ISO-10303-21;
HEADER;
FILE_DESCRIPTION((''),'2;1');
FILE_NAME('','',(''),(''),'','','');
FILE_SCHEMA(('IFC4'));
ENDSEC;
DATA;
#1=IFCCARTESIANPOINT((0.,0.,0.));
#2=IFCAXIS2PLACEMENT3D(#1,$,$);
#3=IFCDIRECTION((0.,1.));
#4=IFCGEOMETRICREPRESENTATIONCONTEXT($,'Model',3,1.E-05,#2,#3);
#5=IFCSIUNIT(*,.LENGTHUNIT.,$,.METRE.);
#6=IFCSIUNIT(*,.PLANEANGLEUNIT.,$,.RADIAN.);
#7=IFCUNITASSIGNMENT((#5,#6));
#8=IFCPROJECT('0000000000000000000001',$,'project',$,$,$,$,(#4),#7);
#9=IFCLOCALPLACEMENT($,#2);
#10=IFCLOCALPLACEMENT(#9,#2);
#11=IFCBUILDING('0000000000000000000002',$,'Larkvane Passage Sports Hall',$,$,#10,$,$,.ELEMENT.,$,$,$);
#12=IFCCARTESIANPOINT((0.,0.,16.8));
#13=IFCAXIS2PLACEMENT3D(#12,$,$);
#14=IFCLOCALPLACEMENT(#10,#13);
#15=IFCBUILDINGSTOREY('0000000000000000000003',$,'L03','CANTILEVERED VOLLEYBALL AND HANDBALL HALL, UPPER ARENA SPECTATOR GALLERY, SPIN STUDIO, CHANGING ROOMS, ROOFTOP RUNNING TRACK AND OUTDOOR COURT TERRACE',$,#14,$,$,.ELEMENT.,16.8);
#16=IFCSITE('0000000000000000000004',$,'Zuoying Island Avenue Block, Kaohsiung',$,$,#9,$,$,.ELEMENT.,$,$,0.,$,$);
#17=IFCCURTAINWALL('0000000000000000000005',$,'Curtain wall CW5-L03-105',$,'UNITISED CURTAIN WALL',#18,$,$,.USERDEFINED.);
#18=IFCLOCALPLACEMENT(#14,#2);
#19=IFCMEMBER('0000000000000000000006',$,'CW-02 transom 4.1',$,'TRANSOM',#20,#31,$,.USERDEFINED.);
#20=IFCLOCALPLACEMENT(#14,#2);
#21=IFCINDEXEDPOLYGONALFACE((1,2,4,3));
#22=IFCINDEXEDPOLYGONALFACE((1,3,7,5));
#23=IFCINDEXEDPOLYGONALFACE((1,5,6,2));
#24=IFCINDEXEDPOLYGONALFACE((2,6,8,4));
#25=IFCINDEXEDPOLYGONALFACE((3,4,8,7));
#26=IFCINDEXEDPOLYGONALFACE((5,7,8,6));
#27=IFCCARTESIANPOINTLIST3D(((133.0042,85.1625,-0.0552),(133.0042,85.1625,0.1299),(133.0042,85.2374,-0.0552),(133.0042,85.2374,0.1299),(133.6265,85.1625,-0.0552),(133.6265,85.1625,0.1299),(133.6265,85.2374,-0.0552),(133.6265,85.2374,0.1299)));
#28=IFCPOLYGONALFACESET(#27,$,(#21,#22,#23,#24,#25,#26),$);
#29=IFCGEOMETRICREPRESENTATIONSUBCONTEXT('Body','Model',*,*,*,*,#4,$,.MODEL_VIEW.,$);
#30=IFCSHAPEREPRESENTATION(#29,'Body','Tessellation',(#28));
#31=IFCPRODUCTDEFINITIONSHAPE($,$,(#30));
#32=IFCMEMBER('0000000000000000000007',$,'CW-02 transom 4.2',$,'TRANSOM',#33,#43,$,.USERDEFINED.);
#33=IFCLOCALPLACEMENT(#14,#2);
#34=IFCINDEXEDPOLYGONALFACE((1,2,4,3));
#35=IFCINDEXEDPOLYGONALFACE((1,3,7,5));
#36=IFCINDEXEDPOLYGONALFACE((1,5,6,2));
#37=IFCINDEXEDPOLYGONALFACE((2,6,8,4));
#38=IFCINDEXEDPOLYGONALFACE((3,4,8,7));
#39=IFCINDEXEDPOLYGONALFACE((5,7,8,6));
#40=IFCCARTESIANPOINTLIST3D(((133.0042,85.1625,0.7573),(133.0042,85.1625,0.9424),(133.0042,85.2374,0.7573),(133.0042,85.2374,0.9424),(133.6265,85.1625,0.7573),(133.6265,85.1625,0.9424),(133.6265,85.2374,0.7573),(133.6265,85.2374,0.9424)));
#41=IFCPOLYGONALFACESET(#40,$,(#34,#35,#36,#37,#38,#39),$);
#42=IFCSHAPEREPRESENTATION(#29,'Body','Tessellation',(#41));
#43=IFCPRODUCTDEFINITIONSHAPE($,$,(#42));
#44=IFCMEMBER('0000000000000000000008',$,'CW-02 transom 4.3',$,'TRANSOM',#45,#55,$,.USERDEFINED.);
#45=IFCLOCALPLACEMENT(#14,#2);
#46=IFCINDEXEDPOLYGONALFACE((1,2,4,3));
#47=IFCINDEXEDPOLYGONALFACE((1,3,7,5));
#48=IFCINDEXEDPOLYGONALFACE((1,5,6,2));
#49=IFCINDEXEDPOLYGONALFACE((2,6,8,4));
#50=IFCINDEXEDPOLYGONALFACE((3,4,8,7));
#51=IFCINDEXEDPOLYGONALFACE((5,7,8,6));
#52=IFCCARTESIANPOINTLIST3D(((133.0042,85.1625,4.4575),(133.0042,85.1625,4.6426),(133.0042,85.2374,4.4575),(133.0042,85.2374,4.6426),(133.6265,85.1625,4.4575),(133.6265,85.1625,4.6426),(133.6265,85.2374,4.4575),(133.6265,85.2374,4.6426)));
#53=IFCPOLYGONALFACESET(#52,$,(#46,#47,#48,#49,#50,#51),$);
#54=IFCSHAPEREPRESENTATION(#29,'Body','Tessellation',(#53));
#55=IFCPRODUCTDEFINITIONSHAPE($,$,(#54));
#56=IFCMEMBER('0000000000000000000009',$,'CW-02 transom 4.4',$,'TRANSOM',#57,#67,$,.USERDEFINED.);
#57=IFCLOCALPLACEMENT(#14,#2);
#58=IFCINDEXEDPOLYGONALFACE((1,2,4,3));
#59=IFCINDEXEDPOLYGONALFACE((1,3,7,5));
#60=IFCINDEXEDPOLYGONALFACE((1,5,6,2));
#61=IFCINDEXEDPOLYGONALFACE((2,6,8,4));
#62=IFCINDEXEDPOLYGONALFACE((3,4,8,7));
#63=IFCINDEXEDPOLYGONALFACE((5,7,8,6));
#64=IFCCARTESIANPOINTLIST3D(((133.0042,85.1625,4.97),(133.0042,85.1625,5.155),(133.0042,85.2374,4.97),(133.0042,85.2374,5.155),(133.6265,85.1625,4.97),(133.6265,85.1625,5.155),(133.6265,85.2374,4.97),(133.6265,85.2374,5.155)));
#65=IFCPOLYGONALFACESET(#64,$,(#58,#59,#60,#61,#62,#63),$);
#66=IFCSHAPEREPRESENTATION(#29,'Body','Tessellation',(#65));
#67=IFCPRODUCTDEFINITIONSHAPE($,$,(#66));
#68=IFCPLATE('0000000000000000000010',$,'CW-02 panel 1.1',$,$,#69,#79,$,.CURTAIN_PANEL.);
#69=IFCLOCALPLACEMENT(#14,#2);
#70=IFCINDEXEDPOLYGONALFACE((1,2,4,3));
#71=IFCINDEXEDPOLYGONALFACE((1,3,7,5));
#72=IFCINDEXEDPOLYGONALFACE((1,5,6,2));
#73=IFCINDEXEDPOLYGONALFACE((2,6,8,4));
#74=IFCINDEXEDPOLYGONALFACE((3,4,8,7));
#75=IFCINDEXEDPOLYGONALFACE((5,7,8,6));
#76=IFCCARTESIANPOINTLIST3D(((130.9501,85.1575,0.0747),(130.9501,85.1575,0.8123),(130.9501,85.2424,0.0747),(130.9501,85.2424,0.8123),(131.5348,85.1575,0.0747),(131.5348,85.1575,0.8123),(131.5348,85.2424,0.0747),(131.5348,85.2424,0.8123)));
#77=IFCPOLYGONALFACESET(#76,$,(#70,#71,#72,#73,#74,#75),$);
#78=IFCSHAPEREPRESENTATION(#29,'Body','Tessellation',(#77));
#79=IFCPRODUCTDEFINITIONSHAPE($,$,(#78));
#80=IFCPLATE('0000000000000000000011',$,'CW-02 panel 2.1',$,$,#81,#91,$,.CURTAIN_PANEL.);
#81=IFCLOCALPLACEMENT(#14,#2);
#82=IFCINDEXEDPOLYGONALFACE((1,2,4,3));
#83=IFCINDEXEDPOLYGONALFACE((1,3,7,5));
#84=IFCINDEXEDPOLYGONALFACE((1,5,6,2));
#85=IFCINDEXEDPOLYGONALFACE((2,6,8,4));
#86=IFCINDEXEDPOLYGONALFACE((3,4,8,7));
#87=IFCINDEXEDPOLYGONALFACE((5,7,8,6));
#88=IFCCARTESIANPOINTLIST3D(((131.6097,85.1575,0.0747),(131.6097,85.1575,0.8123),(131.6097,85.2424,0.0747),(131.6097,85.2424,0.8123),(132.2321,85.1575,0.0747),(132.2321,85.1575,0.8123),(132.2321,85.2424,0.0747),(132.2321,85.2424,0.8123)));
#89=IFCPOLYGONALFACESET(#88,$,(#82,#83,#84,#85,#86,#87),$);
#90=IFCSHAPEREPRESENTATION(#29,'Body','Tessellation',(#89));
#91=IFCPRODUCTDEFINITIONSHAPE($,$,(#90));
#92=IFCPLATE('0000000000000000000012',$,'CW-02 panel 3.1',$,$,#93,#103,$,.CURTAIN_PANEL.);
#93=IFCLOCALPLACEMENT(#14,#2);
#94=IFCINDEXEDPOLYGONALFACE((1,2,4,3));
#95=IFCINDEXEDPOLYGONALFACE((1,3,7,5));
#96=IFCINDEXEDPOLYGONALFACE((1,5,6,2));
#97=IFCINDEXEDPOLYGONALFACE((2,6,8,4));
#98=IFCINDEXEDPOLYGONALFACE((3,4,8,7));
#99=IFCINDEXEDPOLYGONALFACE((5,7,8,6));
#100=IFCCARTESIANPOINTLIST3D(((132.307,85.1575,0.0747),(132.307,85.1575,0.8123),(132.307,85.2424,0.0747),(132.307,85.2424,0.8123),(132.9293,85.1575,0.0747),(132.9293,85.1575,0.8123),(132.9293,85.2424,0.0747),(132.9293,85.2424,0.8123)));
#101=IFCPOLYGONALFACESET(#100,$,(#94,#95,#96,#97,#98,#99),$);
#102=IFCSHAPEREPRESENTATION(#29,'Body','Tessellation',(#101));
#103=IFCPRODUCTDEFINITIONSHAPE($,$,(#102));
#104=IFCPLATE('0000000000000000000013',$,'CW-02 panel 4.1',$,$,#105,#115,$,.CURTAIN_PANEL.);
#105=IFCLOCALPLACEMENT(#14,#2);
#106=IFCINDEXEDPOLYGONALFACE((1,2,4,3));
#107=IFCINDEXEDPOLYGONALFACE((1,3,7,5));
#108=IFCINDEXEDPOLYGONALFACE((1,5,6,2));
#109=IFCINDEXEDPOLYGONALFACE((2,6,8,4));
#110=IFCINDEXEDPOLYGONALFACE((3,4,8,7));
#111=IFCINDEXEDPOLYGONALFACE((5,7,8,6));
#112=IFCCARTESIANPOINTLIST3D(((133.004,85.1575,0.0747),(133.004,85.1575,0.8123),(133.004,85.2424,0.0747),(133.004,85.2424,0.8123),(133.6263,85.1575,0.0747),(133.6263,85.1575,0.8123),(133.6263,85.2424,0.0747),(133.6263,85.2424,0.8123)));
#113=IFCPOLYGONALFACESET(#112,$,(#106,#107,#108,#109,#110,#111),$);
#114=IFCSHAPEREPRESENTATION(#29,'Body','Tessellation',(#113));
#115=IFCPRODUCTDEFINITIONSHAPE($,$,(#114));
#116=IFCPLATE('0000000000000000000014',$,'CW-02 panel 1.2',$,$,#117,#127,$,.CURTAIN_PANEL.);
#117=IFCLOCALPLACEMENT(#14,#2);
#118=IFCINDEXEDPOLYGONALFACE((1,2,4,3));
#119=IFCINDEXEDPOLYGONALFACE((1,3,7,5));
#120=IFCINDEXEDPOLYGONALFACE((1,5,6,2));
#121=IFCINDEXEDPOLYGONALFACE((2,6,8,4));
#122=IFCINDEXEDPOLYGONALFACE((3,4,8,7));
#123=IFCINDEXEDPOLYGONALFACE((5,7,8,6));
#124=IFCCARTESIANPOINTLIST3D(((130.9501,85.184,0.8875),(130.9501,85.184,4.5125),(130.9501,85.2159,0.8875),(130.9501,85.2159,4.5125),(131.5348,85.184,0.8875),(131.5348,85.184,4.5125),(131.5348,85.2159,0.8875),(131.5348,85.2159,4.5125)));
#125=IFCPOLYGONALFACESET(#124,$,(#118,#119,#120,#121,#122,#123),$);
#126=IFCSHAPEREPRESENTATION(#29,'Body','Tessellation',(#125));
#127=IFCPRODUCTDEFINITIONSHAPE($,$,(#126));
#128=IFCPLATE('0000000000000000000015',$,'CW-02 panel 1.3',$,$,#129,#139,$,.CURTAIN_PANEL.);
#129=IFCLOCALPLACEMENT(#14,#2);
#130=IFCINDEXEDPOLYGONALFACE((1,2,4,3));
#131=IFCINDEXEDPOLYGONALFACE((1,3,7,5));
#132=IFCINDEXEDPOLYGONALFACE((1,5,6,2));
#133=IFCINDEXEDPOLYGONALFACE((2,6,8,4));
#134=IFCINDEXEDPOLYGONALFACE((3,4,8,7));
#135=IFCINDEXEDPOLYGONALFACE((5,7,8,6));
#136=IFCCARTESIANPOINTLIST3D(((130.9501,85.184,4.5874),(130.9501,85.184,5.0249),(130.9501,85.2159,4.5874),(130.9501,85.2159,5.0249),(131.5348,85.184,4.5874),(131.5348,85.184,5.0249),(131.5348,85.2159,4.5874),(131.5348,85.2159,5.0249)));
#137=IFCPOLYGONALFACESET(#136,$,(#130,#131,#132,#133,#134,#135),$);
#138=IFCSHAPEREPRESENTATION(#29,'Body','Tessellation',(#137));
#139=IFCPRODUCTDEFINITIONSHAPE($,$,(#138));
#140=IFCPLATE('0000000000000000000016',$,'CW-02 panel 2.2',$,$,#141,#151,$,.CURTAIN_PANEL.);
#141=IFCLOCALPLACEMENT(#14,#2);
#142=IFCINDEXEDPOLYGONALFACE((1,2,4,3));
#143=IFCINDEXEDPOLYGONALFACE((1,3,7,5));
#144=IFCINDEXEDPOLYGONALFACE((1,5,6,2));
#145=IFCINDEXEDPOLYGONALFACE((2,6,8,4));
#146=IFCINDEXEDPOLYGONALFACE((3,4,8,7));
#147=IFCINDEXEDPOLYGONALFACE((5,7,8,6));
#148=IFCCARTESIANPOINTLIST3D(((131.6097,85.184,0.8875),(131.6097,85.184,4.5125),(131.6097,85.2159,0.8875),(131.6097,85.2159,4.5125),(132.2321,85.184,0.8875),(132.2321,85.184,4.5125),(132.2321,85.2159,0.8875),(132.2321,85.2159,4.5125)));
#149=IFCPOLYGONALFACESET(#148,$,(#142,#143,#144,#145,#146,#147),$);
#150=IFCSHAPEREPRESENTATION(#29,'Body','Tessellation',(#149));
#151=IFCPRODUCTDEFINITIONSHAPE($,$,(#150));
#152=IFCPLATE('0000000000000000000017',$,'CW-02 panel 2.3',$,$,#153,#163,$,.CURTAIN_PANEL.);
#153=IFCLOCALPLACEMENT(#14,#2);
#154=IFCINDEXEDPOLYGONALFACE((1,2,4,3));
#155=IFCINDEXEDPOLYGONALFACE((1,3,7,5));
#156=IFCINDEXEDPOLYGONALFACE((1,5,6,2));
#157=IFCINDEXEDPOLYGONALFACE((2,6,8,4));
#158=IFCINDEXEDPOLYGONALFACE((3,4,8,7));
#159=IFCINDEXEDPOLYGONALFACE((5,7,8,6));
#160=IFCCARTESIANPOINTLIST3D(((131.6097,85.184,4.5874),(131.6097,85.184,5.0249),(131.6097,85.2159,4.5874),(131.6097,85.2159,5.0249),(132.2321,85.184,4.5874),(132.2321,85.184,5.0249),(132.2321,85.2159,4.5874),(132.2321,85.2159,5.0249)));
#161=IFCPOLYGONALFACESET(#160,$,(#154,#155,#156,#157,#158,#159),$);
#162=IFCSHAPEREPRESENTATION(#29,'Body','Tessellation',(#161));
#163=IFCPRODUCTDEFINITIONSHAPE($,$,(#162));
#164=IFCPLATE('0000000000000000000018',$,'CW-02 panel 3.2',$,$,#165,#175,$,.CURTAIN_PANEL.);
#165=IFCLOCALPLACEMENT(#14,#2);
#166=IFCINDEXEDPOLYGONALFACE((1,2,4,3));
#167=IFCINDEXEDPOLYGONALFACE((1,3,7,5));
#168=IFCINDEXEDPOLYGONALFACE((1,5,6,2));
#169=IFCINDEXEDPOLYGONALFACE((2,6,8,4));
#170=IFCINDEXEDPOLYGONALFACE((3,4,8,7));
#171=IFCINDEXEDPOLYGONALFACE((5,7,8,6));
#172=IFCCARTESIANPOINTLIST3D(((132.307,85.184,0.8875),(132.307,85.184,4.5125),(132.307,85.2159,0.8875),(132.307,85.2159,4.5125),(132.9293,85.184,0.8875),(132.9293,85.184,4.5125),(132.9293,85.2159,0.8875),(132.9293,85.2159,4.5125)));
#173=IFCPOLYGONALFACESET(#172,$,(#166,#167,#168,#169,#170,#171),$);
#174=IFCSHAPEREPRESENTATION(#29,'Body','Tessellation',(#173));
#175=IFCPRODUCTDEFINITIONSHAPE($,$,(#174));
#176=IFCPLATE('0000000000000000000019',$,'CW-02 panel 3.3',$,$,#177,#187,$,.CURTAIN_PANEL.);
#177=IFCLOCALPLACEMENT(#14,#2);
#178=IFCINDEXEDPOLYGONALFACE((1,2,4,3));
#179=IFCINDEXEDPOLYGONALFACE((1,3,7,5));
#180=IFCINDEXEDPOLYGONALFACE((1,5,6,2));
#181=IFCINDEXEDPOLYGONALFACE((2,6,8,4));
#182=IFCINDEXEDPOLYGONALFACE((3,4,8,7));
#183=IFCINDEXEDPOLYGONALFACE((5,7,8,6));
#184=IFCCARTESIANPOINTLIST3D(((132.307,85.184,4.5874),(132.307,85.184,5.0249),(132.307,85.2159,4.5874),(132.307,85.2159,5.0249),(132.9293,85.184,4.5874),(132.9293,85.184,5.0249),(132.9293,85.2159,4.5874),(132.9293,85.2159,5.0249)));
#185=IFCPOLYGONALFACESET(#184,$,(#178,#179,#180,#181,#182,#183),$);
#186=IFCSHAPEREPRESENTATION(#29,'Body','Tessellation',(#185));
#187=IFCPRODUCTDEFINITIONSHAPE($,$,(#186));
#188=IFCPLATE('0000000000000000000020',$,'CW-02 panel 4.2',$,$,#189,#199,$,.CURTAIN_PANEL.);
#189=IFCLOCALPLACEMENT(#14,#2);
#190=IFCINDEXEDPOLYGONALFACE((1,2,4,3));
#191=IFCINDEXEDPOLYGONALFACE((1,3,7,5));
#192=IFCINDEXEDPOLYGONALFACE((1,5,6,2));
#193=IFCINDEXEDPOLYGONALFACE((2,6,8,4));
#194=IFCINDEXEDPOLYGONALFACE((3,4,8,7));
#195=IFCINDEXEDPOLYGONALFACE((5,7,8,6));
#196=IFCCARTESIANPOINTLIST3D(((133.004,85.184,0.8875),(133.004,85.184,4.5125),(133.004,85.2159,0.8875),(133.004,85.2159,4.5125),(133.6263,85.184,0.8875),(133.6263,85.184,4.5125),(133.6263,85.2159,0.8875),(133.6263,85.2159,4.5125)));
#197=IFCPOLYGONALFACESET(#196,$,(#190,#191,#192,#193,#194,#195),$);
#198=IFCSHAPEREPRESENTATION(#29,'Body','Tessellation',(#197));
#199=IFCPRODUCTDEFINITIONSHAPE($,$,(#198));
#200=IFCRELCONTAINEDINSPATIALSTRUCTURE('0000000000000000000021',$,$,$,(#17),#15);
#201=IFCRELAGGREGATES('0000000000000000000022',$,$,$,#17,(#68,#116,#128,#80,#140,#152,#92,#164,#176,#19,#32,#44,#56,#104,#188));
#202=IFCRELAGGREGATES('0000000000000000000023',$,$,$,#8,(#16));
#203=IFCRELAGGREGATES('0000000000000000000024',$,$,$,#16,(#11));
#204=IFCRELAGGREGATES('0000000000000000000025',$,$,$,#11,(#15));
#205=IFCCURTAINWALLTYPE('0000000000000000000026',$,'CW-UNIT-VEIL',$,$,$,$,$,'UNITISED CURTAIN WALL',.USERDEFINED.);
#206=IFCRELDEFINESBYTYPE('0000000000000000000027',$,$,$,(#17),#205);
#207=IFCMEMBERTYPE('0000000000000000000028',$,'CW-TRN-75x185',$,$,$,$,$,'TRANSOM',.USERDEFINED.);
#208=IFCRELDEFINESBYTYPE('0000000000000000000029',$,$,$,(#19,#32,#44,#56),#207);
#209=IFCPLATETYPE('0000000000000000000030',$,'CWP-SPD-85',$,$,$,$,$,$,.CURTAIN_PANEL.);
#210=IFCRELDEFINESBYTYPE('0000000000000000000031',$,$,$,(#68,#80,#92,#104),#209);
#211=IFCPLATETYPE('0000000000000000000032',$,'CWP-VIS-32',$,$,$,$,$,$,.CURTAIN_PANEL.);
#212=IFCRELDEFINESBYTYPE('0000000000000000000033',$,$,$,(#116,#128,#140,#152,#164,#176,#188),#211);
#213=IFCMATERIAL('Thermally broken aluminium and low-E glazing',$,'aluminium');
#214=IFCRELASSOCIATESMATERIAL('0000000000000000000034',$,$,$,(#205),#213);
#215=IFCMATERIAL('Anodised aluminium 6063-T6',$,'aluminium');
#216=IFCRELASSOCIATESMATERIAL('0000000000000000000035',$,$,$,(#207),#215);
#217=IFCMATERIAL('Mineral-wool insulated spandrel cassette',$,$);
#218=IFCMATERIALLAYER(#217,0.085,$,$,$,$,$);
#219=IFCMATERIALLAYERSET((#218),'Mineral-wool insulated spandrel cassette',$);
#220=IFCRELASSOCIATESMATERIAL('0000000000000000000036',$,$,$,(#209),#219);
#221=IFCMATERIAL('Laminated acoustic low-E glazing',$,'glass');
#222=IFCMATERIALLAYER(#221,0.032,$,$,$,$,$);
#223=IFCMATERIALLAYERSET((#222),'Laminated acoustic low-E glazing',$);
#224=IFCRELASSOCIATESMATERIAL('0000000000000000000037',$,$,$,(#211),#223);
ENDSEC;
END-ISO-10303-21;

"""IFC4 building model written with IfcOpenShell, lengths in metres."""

from ifc_helpers import new_model, si_unit, direction, frame, origin, origin_2d, place, context, subcontext, project, spatial, rectangle, extrude, material, layer, layer_set, material_profile, profile_set, type_object, element, aggregate, save


model = new_model("IFC4")

# Units and contexts
model_context = context("Model", 3, precision=1e-05, world=origin(), true_north=direction((0.0, 1.0)))
body_context = subcontext(model_context, "Body", "Model", "MODEL_VIEW")
ifc_project = project(units=[si_unit("LENGTHUNIT", "METRE"), si_unit("PLANEANGLEUNIT", "RADIAN")], contexts=[model_context])

# Site, building, storey
site_placement = place(None, origin())
site = spatial("IfcSite", under=ifc_project, at=site_placement, Name="Zuoying Island Avenue Block, Kaohsiung", CompositionType="ELEMENT", RefElevation=0.0)
building_placement = place(site_placement, origin())
building = spatial("IfcBuilding", under=site, at=building_placement, Name="Larkvane Passage Sports Hall", CompositionType="ELEMENT")
storey_placement = place(building_placement, frame((0.0, 0.0, 16.8)))
storey = spatial("IfcBuildingStorey", under=building, at=storey_placement, Name="L03", Description="CANTILEVERED VOLLEYBALL AND HANDBALL HALL, UPPER ARENA SPECTATOR GALLERY, SPIN STUDIO, CHANGING ROOMS, ROOFTOP RUNNING TRACK AND OUTDOOR COURT TERRACE", CompositionType="ELEMENT", Elevation=16.8)

# Curtain wall, members, plates
ifc_material_1 = material(Name="Thermally broken aluminium and low-E glazing", Category="aluminium")
curtain_wall_type = type_object("IfcCurtainWallType", Name="CW-UNIT-VEIL", ElementType="UNITISED CURTAIN WALL", PredefinedType="USERDEFINED", material=ifc_material_1)
curtain_wall_placement = place(storey_placement, origin())
curtain_wall = element("IfcCurtainWall", 1, at=curtain_wall_placement, inside=storey, type_object=curtain_wall_type, Name="Curtain wall CW5-L03-105", ObjectType="UNITISED CURTAIN WALL", PredefinedType="USERDEFINED")
ifc_material_2 = material(Name="Anodised aluminium 6063-T6", Category="aluminium")
ifc_material_profile_1 = material_profile(ifc_material_2, rectangle(XDim=0.075, YDim=0.1851, at=origin_2d()), Name="ALU-TRN-75x185")
ifc_profile_set_1 = profile_set([ifc_material_profile_1], Name="Anodised aluminium 6063-T6")
member_type_1 = type_object("IfcMemberType", Name="CW-TRN-75x185", ElementType="TRANSOM", PredefinedType="USERDEFINED", material=ifc_profile_set_1)
member_1_placement = place(storey_placement, frame((133.0042, 85.2, 0.0374), z_axis=(1.0, 0.0, 0.0), x_axis=(0.0, 1.0, 0.0)))
member_1 = element("IfcMember", 2, at=member_1_placement, type_object=member_type_1, Name="CW-02 transom 4.1", ObjectType="TRANSOM", PredefinedType="USERDEFINED", context=body_context, shape_type="SweptSolid", body=[
    extrude(rectangle(XDim=0.075, YDim=0.1851, at=origin_2d()), origin(), (0.0, 0.0, 1.0), 0.6223),
])
member_2_placement = place(storey_placement, frame((133.0042, 85.2, 0.8499), z_axis=(1.0, 0.0, 0.0), x_axis=(0.0, 1.0, 0.0)))
member_2 = element("IfcMember", 3, at=member_2_placement, type_object=member_type_1, Name="CW-02 transom 4.2", ObjectType="TRANSOM", PredefinedType="USERDEFINED", context=body_context, shape_type="SweptSolid", body=[
    extrude(rectangle(XDim=0.075, YDim=0.1851, at=origin_2d()), origin(), (0.0, 0.0, 1.0), 0.6223),
])
member_3_placement = place(storey_placement, frame((133.0042, 85.2, 4.55), z_axis=(1.0, 0.0, 0.0), x_axis=(0.0, 1.0, 0.0)))
member_3 = element("IfcMember", 4, at=member_3_placement, type_object=member_type_1, Name="CW-02 transom 4.3", ObjectType="TRANSOM", PredefinedType="USERDEFINED", context=body_context, shape_type="SweptSolid", body=[
    extrude(rectangle(XDim=0.075, YDim=0.1851, at=origin_2d()), origin(), (0.0, 0.0, 1.0), 0.6223),
])
member_4_placement = place(storey_placement, frame((133.0042, 85.2, 5.0625), z_axis=(1.0, 0.0, 0.0), x_axis=(0.0, 1.0, 0.0)))
member_4 = element("IfcMember", 5, at=member_4_placement, type_object=member_type_1, Name="CW-02 transom 4.4", ObjectType="TRANSOM", PredefinedType="USERDEFINED", context=body_context, shape_type="SweptSolid", body=[
    extrude(rectangle(XDim=0.075, YDim=0.1851, at=origin_2d()), origin(), (0.0, 0.0, 1.0), 0.6223),
])
ifc_material_3 = material(Name="Mineral-wool insulated spandrel cassette")
ifc_layer_1 = layer(ifc_material_3, 0.085)
ifc_layer_set_1 = layer_set([ifc_layer_1], Name="Mineral-wool insulated spandrel cassette")
plate_type_1 = type_object("IfcPlateType", Name="CWP-SPD-85", PredefinedType="CURTAIN_PANEL", material=ifc_layer_set_1)
plate_1_placement = place(storey_placement, frame((131.2424, 85.2, 0.0747), z_axis=(0.0, 0.0, 1.0), x_axis=(1.0, 0.0, 0.0)))
plate_1 = element("IfcPlate", 6, at=plate_1_placement, type_object=plate_type_1, Name="CW-02 panel 1.1", PredefinedType="CURTAIN_PANEL", context=body_context, shape_type="SweptSolid", body=[
    extrude(rectangle(XDim=0.5847, YDim=0.085, at=origin_2d()), origin(), (0.0, 0.0, 1.0), 0.7375),
])
plate_2_placement = place(storey_placement, frame((131.9209, 85.2, 0.0747), z_axis=(0.0, 0.0, 1.0), x_axis=(1.0, 0.0, 0.0)))
plate_2 = element("IfcPlate", 7, at=plate_2_placement, type_object=plate_type_1, Name="CW-02 panel 2.1", PredefinedType="CURTAIN_PANEL", context=body_context, shape_type="SweptSolid", body=[
    extrude(rectangle(XDim=0.6223, YDim=0.085, at=origin_2d()), origin(), (0.0, 0.0, 1.0), 0.7375),
])
plate_3_placement = place(storey_placement, frame((132.6182, 85.2, 0.0747), z_axis=(0.0, 0.0, 1.0), x_axis=(1.0, 0.0, 0.0)))
plate_3 = element("IfcPlate", 8, at=plate_3_placement, type_object=plate_type_1, Name="CW-02 panel 3.1", PredefinedType="CURTAIN_PANEL", context=body_context, shape_type="SweptSolid", body=[
    extrude(rectangle(XDim=0.6223, YDim=0.085, at=origin_2d()), origin(), (0.0, 0.0, 1.0), 0.7375),
])
plate_4_placement = place(storey_placement, frame((133.3152, 85.2, 0.0747), z_axis=(0.0, 0.0, 1.0), x_axis=(1.0, 0.0, 0.0)))
plate_4 = element("IfcPlate", 9, at=plate_4_placement, type_object=plate_type_1, Name="CW-02 panel 4.1", PredefinedType="CURTAIN_PANEL", context=body_context, shape_type="SweptSolid", body=[
    extrude(rectangle(XDim=0.6223, YDim=0.085, at=origin_2d()), origin(), (0.0, 0.0, 1.0), 0.7375),
])
ifc_material_4 = material(Name="Laminated acoustic low-E glazing", Category="glass")
ifc_layer_2 = layer(ifc_material_4, 0.032)
ifc_layer_set_2 = layer_set([ifc_layer_2], Name="Laminated acoustic low-E glazing")
plate_type_2 = type_object("IfcPlateType", Name="CWP-VIS-32", PredefinedType="CURTAIN_PANEL", material=ifc_layer_set_2)
plate_5_placement = place(storey_placement, frame((131.2424, 85.2, 0.8875), z_axis=(0.0, 0.0, 1.0), x_axis=(1.0, 0.0, 0.0)))
plate_5 = element("IfcPlate", 10, at=plate_5_placement, type_object=plate_type_2, Name="CW-02 panel 1.2", PredefinedType="CURTAIN_PANEL", context=body_context, shape_type="SweptSolid", body=[
    extrude(rectangle(XDim=0.5847, YDim=0.032, at=origin_2d()), origin(), (0.0, 0.0, 1.0), 3.625),
])
plate_6_placement = place(storey_placement, frame((131.2424, 85.2, 4.5874), z_axis=(0.0, 0.0, 1.0), x_axis=(1.0, 0.0, 0.0)))
plate_6 = element("IfcPlate", 11, at=plate_6_placement, type_object=plate_type_2, Name="CW-02 panel 1.3", PredefinedType="CURTAIN_PANEL", context=body_context, shape_type="SweptSolid", body=[
    extrude(rectangle(XDim=0.5847, YDim=0.032, at=origin_2d()), origin(), (0.0, 0.0, 1.0), 0.4375),
])
plate_7_placement = place(storey_placement, frame((131.9209, 85.2, 0.8875), z_axis=(0.0, 0.0, 1.0), x_axis=(1.0, 0.0, 0.0)))
plate_7 = element("IfcPlate", 12, at=plate_7_placement, type_object=plate_type_2, Name="CW-02 panel 2.2", PredefinedType="CURTAIN_PANEL", context=body_context, shape_type="SweptSolid", body=[
    extrude(rectangle(XDim=0.6223, YDim=0.032, at=origin_2d()), origin(), (0.0, 0.0, 1.0), 3.625),
])
plate_8_placement = place(storey_placement, frame((131.9209, 85.2, 4.5874), z_axis=(0.0, 0.0, 1.0), x_axis=(1.0, 0.0, 0.0)))
plate_8 = element("IfcPlate", 13, at=plate_8_placement, type_object=plate_type_2, Name="CW-02 panel 2.3", PredefinedType="CURTAIN_PANEL", context=body_context, shape_type="SweptSolid", body=[
    extrude(rectangle(XDim=0.6223, YDim=0.032, at=origin_2d()), origin(), (0.0, 0.0, 1.0), 0.4375),
])
plate_9_placement = place(storey_placement, frame((132.6182, 85.2, 0.8875), z_axis=(0.0, 0.0, 1.0), x_axis=(1.0, 0.0, 0.0)))
plate_9 = element("IfcPlate", 14, at=plate_9_placement, type_object=plate_type_2, Name="CW-02 panel 3.2", PredefinedType="CURTAIN_PANEL", context=body_context, shape_type="SweptSolid", body=[
    extrude(rectangle(XDim=0.6223, YDim=0.032, at=origin_2d()), origin(), (0.0, 0.0, 1.0), 3.625),
])
plate_10_placement = place(storey_placement, frame((132.6182, 85.2, 4.5874), z_axis=(0.0, 0.0, 1.0), x_axis=(1.0, 0.0, 0.0)))
plate_10 = element("IfcPlate", 15, at=plate_10_placement, type_object=plate_type_2, Name="CW-02 panel 3.3", PredefinedType="CURTAIN_PANEL", context=body_context, shape_type="SweptSolid", body=[
    extrude(rectangle(XDim=0.6223, YDim=0.032, at=origin_2d()), origin(), (0.0, 0.0, 1.0), 0.4375),
])
plate_11_placement = place(storey_placement, frame((133.3152, 85.2, 0.8875), z_axis=(0.0, 0.0, 1.0), x_axis=(1.0, 0.0, 0.0)))
plate_11 = element("IfcPlate", 16, at=plate_11_placement, type_object=plate_type_2, Name="CW-02 panel 4.2", PredefinedType="CURTAIN_PANEL", context=body_context, shape_type="SweptSolid", body=[
    extrude(rectangle(XDim=0.6223, YDim=0.032, at=origin_2d()), origin(), (0.0, 0.0, 1.0), 3.625),
])
aggregate(curtain_wall, [plate_1, plate_5, plate_6, plate_2, plate_7, plate_8, plate_3, plate_9, plate_10, member_1, member_2, member_3, member_4, plate_4, plate_11])

save(model, "model.ifc")
